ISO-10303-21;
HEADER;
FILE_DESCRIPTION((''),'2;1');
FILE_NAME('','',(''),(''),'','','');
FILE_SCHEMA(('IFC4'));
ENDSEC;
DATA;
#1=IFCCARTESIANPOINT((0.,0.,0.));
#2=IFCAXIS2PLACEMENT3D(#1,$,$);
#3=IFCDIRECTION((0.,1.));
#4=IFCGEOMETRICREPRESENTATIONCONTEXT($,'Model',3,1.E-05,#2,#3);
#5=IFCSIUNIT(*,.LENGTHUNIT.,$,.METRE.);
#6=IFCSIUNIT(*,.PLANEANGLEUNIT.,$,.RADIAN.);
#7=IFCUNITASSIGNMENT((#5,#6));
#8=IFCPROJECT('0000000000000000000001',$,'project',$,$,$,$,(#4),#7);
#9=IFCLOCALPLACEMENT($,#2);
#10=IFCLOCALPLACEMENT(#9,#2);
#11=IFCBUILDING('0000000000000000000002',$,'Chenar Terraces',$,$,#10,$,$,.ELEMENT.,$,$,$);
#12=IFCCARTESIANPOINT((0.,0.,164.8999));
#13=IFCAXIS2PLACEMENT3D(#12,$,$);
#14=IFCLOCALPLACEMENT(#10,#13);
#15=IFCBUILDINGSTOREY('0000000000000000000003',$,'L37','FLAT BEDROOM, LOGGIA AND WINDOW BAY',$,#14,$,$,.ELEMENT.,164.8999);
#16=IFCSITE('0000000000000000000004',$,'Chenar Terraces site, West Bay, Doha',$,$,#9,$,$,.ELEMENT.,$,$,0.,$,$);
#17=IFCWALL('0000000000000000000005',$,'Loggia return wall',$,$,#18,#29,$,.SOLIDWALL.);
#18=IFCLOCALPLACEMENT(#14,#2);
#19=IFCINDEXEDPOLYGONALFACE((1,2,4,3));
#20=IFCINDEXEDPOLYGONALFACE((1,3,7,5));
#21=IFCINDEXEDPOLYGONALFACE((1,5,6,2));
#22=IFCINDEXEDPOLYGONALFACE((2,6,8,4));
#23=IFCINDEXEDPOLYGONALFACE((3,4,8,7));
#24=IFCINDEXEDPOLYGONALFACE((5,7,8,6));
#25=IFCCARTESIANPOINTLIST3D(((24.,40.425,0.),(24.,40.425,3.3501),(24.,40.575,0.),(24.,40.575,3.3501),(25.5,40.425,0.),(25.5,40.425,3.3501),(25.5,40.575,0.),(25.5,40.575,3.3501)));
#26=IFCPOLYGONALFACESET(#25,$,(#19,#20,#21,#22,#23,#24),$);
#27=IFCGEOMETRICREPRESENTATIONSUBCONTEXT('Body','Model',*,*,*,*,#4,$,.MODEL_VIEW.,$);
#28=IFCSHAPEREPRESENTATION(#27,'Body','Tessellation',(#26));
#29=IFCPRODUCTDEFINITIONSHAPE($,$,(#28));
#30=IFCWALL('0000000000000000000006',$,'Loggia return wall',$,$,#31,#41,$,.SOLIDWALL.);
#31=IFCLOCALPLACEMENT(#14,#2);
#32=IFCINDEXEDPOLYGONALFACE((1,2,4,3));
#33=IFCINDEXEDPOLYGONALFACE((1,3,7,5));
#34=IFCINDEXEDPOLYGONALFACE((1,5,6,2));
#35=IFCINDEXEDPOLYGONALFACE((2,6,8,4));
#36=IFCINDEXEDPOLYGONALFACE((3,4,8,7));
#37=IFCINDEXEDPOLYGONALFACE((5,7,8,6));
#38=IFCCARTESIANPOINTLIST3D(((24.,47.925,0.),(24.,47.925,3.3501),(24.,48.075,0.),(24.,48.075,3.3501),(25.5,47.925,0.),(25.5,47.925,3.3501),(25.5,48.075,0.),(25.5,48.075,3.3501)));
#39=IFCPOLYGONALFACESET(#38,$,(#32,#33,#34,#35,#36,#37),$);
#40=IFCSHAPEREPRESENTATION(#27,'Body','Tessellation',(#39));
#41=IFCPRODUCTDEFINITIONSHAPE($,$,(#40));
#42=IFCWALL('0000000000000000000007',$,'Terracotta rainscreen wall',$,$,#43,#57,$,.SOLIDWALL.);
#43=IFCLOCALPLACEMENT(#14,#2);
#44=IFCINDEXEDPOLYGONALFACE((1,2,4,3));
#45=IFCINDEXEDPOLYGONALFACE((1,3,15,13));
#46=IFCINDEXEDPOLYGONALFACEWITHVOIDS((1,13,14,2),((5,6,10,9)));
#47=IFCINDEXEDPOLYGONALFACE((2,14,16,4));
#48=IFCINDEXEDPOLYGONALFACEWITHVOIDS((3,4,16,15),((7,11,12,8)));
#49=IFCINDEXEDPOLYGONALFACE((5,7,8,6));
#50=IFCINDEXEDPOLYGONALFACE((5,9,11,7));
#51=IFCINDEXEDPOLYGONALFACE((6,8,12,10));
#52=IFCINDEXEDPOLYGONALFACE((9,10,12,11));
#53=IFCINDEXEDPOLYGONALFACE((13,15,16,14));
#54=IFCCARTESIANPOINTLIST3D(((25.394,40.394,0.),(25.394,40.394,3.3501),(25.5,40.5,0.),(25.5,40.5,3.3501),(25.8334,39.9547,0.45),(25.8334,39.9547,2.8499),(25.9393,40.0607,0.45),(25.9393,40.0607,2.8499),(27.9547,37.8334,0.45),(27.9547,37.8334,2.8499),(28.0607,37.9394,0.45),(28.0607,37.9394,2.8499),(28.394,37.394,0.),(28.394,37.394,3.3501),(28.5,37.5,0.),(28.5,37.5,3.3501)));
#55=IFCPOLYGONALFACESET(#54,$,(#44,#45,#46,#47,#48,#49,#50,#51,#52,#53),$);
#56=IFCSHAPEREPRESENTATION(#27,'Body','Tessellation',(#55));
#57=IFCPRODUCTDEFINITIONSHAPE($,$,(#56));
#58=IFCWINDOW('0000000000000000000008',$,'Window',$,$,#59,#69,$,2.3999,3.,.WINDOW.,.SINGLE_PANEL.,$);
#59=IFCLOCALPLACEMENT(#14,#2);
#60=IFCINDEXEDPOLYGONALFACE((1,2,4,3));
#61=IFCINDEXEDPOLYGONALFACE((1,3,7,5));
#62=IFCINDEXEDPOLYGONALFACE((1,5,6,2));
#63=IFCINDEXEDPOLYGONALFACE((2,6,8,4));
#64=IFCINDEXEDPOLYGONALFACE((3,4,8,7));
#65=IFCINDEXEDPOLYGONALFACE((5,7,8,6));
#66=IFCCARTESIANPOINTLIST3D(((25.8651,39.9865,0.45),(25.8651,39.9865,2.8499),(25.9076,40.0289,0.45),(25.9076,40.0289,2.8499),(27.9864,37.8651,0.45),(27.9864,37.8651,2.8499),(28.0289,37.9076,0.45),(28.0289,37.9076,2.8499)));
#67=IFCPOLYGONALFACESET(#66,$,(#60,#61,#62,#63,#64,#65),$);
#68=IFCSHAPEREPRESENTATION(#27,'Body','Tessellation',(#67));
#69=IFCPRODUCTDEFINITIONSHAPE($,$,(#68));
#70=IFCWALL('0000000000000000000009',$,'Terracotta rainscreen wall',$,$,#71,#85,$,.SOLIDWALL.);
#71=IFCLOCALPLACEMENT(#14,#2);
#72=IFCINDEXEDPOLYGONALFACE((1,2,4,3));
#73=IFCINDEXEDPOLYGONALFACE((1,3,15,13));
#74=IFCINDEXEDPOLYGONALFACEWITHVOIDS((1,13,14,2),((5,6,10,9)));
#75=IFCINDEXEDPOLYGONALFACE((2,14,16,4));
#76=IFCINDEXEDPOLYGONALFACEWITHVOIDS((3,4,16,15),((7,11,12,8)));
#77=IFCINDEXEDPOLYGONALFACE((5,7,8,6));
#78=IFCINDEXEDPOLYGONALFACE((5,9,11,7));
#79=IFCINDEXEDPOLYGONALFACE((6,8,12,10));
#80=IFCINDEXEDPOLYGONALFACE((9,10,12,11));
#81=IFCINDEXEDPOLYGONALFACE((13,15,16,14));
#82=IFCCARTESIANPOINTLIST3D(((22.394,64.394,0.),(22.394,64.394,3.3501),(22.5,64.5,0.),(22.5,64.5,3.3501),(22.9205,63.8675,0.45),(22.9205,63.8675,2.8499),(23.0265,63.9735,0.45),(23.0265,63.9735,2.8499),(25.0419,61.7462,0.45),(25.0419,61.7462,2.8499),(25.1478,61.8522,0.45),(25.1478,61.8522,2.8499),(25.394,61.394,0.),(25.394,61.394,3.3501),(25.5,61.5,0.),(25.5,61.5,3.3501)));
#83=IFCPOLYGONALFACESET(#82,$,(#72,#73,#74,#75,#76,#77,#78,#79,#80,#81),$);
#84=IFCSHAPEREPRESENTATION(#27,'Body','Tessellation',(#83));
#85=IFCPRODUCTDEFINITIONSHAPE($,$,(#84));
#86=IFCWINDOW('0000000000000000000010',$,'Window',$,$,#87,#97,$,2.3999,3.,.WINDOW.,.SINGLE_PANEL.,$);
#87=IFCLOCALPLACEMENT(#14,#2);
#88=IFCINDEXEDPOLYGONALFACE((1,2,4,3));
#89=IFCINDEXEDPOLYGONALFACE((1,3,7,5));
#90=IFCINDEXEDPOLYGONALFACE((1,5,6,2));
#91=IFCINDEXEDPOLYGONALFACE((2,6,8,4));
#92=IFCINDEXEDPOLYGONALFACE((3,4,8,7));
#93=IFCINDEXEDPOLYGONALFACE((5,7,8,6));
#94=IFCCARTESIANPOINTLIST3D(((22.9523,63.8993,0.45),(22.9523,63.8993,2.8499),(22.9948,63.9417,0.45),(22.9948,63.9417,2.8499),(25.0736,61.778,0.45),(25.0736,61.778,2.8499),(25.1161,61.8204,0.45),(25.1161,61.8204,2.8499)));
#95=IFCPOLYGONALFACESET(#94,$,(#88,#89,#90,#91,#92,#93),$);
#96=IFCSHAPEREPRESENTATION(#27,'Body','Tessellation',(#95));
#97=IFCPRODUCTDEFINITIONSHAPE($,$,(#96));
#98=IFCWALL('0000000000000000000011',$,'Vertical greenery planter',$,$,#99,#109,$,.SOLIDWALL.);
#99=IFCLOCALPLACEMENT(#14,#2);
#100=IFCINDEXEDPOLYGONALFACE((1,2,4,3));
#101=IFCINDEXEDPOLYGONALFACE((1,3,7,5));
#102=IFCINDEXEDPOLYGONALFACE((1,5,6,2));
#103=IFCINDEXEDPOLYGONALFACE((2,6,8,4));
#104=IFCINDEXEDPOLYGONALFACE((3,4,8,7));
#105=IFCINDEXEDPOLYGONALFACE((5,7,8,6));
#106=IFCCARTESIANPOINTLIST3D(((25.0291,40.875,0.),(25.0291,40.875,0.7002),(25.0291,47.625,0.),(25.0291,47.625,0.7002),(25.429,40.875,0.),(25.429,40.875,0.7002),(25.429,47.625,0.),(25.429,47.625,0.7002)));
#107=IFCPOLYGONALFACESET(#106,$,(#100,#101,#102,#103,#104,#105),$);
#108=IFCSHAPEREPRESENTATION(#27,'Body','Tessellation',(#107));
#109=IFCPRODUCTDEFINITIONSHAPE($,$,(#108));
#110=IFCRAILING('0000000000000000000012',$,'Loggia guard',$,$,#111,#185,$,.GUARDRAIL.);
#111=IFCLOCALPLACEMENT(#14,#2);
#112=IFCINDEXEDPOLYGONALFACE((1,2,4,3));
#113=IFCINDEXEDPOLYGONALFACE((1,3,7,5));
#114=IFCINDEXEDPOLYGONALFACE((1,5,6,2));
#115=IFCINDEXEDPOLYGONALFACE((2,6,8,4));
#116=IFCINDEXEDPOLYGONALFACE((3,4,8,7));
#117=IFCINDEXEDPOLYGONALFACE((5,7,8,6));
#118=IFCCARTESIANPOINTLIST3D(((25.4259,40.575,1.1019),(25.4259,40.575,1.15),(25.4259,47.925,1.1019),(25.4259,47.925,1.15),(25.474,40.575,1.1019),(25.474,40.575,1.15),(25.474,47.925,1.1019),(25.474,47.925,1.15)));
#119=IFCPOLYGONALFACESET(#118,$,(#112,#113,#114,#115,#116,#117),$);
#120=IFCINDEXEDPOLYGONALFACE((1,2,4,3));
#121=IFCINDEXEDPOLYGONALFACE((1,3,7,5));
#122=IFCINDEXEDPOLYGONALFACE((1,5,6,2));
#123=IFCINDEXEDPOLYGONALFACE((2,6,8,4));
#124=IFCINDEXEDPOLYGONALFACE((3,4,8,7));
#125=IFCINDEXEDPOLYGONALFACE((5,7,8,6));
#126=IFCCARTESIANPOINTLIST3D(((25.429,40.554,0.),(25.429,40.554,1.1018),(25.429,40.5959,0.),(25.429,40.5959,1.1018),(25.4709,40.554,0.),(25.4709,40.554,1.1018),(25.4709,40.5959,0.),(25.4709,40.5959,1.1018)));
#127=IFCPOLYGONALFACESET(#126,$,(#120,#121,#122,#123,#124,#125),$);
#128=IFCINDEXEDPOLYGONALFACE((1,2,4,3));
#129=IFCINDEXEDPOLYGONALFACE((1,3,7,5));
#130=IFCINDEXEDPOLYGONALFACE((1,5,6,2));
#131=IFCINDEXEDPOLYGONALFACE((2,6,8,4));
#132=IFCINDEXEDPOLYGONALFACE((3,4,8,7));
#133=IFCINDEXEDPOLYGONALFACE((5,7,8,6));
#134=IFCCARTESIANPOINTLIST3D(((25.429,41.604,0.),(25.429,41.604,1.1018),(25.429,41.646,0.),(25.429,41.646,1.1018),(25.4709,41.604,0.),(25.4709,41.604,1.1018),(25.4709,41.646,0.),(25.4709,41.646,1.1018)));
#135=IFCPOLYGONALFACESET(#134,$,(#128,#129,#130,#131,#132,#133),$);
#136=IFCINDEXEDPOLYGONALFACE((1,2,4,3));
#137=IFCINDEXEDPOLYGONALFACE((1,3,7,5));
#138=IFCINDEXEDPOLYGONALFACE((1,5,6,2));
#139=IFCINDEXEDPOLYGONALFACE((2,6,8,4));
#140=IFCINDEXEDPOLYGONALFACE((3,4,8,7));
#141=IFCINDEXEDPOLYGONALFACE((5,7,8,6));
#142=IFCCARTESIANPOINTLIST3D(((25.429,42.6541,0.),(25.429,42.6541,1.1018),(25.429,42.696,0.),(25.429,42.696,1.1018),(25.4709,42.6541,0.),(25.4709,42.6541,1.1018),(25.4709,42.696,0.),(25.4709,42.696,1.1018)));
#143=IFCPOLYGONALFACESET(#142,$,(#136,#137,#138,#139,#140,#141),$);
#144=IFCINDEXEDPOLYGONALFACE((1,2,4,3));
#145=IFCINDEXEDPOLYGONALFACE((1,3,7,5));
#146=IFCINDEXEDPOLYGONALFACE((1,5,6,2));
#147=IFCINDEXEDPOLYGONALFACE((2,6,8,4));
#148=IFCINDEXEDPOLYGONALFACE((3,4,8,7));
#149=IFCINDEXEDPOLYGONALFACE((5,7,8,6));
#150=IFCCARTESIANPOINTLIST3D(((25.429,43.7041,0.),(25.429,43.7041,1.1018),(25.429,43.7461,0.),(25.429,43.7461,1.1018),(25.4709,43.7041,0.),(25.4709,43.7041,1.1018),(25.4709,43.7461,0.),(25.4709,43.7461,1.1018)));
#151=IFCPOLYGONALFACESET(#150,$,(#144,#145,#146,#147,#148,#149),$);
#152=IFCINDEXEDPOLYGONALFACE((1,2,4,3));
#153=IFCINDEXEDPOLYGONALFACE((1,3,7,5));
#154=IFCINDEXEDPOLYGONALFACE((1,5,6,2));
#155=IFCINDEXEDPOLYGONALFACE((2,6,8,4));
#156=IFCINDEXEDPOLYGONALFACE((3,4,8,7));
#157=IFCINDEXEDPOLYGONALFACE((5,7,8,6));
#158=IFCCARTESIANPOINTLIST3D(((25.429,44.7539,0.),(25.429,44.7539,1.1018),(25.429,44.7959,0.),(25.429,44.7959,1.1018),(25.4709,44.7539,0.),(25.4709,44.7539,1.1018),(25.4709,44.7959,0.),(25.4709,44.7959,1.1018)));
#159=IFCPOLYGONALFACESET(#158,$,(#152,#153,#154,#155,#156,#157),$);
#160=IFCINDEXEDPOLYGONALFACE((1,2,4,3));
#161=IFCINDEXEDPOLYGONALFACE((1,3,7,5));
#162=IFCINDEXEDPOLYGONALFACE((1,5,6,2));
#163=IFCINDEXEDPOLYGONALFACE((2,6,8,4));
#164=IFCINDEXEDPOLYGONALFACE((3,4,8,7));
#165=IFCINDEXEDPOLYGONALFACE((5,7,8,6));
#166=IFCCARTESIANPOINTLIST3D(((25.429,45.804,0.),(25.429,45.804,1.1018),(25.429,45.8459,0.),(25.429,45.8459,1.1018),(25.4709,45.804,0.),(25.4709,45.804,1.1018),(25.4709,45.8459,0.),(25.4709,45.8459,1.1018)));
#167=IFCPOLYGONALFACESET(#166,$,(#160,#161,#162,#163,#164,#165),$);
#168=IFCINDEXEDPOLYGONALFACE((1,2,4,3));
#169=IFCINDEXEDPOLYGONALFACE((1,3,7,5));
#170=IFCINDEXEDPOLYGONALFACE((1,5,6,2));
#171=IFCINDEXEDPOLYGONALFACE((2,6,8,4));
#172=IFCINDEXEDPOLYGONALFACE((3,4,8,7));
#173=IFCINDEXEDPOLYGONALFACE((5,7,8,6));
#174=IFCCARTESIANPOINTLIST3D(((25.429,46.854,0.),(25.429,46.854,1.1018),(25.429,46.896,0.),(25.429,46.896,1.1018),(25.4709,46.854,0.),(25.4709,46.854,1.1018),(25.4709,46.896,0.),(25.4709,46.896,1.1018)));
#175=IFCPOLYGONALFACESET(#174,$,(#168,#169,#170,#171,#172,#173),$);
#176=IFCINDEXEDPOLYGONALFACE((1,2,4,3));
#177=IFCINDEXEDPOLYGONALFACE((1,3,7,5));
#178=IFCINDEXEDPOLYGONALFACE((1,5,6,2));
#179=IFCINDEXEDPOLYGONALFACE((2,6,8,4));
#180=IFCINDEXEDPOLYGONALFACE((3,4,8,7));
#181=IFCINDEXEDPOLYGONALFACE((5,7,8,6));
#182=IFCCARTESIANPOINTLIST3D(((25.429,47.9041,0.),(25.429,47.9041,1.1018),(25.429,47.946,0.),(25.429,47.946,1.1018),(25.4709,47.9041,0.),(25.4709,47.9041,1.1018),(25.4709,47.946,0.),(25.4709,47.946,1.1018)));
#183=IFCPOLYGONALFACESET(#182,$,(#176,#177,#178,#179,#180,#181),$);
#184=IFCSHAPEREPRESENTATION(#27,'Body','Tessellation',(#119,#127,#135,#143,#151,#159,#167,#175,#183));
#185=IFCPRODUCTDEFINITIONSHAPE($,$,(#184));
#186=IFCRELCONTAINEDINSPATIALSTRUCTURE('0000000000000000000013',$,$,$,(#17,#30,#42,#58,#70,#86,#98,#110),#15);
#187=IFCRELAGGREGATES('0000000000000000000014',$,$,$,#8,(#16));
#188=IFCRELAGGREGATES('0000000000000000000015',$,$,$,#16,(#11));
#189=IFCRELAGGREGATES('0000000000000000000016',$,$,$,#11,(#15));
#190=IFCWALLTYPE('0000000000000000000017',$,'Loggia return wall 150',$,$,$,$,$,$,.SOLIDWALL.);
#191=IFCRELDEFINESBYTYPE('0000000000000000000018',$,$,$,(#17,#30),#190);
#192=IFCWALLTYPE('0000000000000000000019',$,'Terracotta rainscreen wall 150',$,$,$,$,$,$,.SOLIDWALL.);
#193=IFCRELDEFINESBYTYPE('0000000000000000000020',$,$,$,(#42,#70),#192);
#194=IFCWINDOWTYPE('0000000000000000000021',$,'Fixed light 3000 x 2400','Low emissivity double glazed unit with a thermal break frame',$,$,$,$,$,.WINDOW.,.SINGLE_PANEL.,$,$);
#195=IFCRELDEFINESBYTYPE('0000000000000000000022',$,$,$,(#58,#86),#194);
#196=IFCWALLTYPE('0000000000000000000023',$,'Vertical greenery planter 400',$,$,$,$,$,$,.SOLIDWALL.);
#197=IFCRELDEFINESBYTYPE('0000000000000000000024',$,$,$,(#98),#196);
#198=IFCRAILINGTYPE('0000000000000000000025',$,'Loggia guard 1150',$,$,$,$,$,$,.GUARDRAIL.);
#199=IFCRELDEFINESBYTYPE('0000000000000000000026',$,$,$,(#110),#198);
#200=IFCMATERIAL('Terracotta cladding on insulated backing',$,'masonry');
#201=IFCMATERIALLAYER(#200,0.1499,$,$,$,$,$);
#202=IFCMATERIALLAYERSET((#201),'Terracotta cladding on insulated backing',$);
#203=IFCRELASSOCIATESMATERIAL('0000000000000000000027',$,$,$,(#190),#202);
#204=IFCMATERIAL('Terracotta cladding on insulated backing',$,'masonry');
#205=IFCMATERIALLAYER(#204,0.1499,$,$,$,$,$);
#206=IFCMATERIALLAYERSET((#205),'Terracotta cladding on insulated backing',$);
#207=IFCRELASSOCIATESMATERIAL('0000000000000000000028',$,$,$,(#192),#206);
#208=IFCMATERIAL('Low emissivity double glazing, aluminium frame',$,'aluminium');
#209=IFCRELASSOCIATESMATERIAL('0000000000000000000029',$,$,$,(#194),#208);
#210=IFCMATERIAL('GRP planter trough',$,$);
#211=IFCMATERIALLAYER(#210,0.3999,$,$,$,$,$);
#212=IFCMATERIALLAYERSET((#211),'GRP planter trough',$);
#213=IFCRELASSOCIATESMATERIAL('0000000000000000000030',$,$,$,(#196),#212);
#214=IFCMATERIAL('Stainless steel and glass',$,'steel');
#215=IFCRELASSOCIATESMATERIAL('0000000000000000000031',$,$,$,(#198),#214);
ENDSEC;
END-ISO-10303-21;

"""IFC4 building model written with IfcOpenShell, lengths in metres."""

from ifc_helpers import new_model, si_unit, direction, frame, frame_2d, origin, origin_2d, place, context, subcontext, project, spatial, rectangle, extrude, material, layer, layer_set, type_object, element, fill, save


model = new_model("IFC4")

# Units and contexts
model_context = context("Model", 3, precision=1e-05, world=origin(), true_north=direction((0.0, 1.0)))
body_context = subcontext(model_context, "Body", "Model", "MODEL_VIEW")
ifc_project = project(units=[si_unit("LENGTHUNIT", "METRE"), si_unit("PLANEANGLEUNIT", "RADIAN")], contexts=[model_context])

# Site, building, storey
site_placement = place(None, origin())
site = spatial("IfcSite", under=ifc_project, at=site_placement, Name="Chenar Terraces site, West Bay, Doha", CompositionType="ELEMENT", RefElevation=0.0)
building_placement = place(site_placement, origin())
building = spatial("IfcBuilding", under=site, at=building_placement, Name="Chenar Terraces", CompositionType="ELEMENT")
storey_placement = place(building_placement, frame((0.0, 0.0, 164.8999)))
storey = spatial("IfcBuildingStorey", under=building, at=storey_placement, Name="L37", Description="FLAT BEDROOM, LOGGIA AND WINDOW BAY", CompositionType="ELEMENT", Elevation=164.8999)

# Walls
ifc_material_1 = material(Name="Terracotta cladding on insulated backing", Category="masonry")
ifc_layer_1 = layer(ifc_material_1, 0.1499)
ifc_layer_set_1 = layer_set([ifc_layer_1], Name="Terracotta cladding on insulated backing")
wall_type_1 = type_object("IfcWallType", Name="Loggia return wall 150", PredefinedType="SOLIDWALL", material=ifc_layer_set_1)
for number, where, z_axis, x_axis, name in (
    (1, (25.5, 40.5, 0.0), (0.0, 0.0, 1.0), (-1.0, 0.0, 0.0), "Loggia return wall"),
    (2, (25.5, 48.0, 0.0), (0.0, 0.0, 1.0), (-1.0, 0.0, 0.0), "Loggia return wall"),
):
    element("IfcWall", number, at=place(storey_placement, frame(where, z_axis=z_axis, x_axis=x_axis)), inside=storey, type_object=wall_type_1, Name=name, PredefinedType="SOLIDWALL", context=body_context, shape_type="SweptSolid", body=[
        extrude(rectangle(XDim=1.5, YDim=0.1499, at=frame_2d((0.75, 0.0))), origin(), (0.0, 0.0, 1.0), 3.3501),
    ])

# Walls, openings, windows
ifc_material_2 = material(Name="Terracotta cladding on insulated backing", Category="masonry")
ifc_layer_2 = layer(ifc_material_2, 0.1499)
ifc_layer_set_2 = layer_set([ifc_layer_2], Name="Terracotta cladding on insulated backing")
wall_type_2 = type_object("IfcWallType", Name="Terracotta rainscreen wall 150", PredefinedType="SOLIDWALL", material=ifc_layer_set_2)
wall_1_placement = place(storey_placement, frame((28.447, 37.447, 0.0), z_axis=(0.0, 0.0, 1.0), x_axis=(-0.707107, 0.707107, 0.0)))
wall_1 = element("IfcWall", 3, at=wall_1_placement, inside=storey, type_object=wall_type_2, Name="Terracotta rainscreen wall", PredefinedType="SOLIDWALL", context=body_context, shape_type="SweptSolid", body=[
    extrude(rectangle(XDim=4.2427, YDim=0.1499, at=frame_2d((2.1213, 0.0))), origin(), (0.0, 0.0, 1.0), 3.3501),
])
opening_1_placement = place(wall_1_placement, frame((0.6213, 0.0, 0.45)))
opening_1 = element("IfcOpeningElement", 4, at=opening_1_placement, cuts=wall_1, PredefinedType="OPENING", context=body_context, shape_type="SweptSolid", body=[
    extrude(rectangle(XDim=3.0, YDim=2.3999, at=frame_2d((1.5, 1.2))), frame((0.0, 0.085, 0.0), z_axis=(0.0, -1.0, 0.0), x_axis=(1.0, 0.0, 0.0)), (0.0, 0.0, 1.0), 0.1699),
])
ifc_material_3 = material(Name="Low emissivity double glazing, aluminium frame", Category="aluminium")
window_type_1 = type_object("IfcWindowType", Name="Fixed light 3000 x 2400", Description="Low emissivity double glazed unit with a thermal break frame", PartitioningType="SINGLE_PANEL", PredefinedType="WINDOW", material=ifc_material_3)
window_1_placement = place(opening_1_placement, origin())
window_1 = element("IfcWindow", 5, at=window_1_placement, inside=storey, type_object=window_type_1, Name="Window", OverallHeight=2.3999, OverallWidth=3.0, PartitioningType="SINGLE_PANEL", PredefinedType="WINDOW", context=body_context, shape_type="SweptSolid", body=[
    extrude(rectangle(XDim=3.0, YDim=2.3999, at=frame_2d((1.5, 1.2))), frame((0.0, 0.03, 0.0), z_axis=(0.0, -1.0, 0.0), x_axis=(1.0, 0.0, 0.0)), (0.0, 0.0, 1.0), 0.0601),
])
fill(opening_1, window_1)
wall_2_placement = place(storey_placement, frame((25.447, 61.447, 0.0), z_axis=(0.0, 0.0, 1.0), x_axis=(-0.707107, 0.707107, 0.0)))
wall_2 = element("IfcWall", 6, at=wall_2_placement, inside=storey, type_object=wall_type_2, Name="Terracotta rainscreen wall", PredefinedType="SOLIDWALL", context=body_context, shape_type="SweptSolid", body=[
    extrude(rectangle(XDim=4.2427, YDim=0.1499, at=frame_2d((2.1213, 0.0))), origin(), (0.0, 0.0, 1.0), 3.3501),
])
opening_2_placement = place(wall_2_placement, frame((0.498, 0.0, 0.45)))
opening_2 = element("IfcOpeningElement", 7, at=opening_2_placement, cuts=wall_2, PredefinedType="OPENING", context=body_context, shape_type="SweptSolid", body=[
    extrude(rectangle(XDim=3.0, YDim=2.3999, at=frame_2d((1.5, 1.2))), frame((0.0, 0.085, 0.0), z_axis=(0.0, -1.0, 0.0), x_axis=(1.0, 0.0, 0.0)), (0.0, 0.0, 1.0), 0.1699),
])
window_2_placement = place(opening_2_placement, origin())
window_2 = element("IfcWindow", 8, at=window_2_placement, inside=storey, type_object=window_type_1, Name="Window", OverallHeight=2.3999, OverallWidth=3.0, PartitioningType="SINGLE_PANEL", PredefinedType="WINDOW", context=body_context, shape_type="SweptSolid", body=[
    extrude(rectangle(XDim=3.0, YDim=2.3999, at=frame_2d((1.5, 1.2))), frame((0.0, 0.03, 0.0), z_axis=(0.0, -1.0, 0.0), x_axis=(1.0, 0.0, 0.0)), (0.0, 0.0, 1.0), 0.0601),
])
fill(opening_2, window_2)

# Wall
ifc_material_4 = material(Name="GRP planter trough")
ifc_layer_3 = layer(ifc_material_4, 0.3999)
ifc_layer_set_3 = layer_set([ifc_layer_3], Name="GRP planter trough")
wall_type_3 = type_object("IfcWallType", Name="Vertical greenery planter 400", PredefinedType="SOLIDWALL", material=ifc_layer_set_3)
wall_3_placement = place(storey_placement, frame((25.229, 40.875, 0.0), z_axis=(0.0, 0.0, 1.0), x_axis=(0.0, 1.0, 0.0)))
element("IfcWall", 9, at=wall_3_placement, inside=storey, type_object=wall_type_3, Name="Vertical greenery planter", PredefinedType="SOLIDWALL", context=body_context, shape_type="SweptSolid", body=[
    extrude(rectangle(XDim=6.75, YDim=0.3999, at=frame_2d((3.375, 0.0))), origin(), (0.0, 0.0, 1.0), 0.7002),
])

# Railing
ifc_material_5 = material(Name="Stainless steel and glass", Category="steel")
railing_type = type_object("IfcRailingType", Name="Loggia guard 1150", PredefinedType="GUARDRAIL", material=ifc_material_5)
railing_placement = place(storey_placement, frame((25.45, 40.575, 0.0)))
element("IfcRailing", 10, at=railing_placement, inside=storey, type_object=railing_type, Name="Loggia guard", PredefinedType="GUARDRAIL", context=body_context, shape_type="SweptSolid", body=[
    extrude(rectangle(XDim=0.0481, YDim=0.0481, at=origin_2d()), frame((0.0, 0.0, 1.126), z_axis=(0.0, 1.0, 0.0), x_axis=(-1.0, 0.0, 0.0)), (0.0, 0.0, 1.0), 7.3501),
    extrude(rectangle(XDim=0.042, YDim=0.042, at=origin_2d()), origin(), (0.0, 0.0, 1.0), 1.1018),
    extrude(rectangle(XDim=0.042, YDim=0.042, at=origin_2d()), frame((0.0, 1.05, 0.0)), (0.0, 0.0, 1.0), 1.1018),
    extrude(rectangle(XDim=0.042, YDim=0.042, at=origin_2d()), frame((0.0, 2.1001, 0.0)), (0.0, 0.0, 1.0), 1.1018),
    extrude(rectangle(XDim=0.042, YDim=0.042, at=origin_2d()), frame((0.0, 3.1501, 0.0)), (0.0, 0.0, 1.0), 1.1018),
    extrude(rectangle(XDim=0.042, YDim=0.042, at=origin_2d()), frame((0.0, 4.2, 0.0)), (0.0, 0.0, 1.0), 1.1018),
    extrude(rectangle(XDim=0.042, YDim=0.042, at=origin_2d()), frame((0.0, 5.25, 0.0)), (0.0, 0.0, 1.0), 1.1018),
    extrude(rectangle(XDim=0.042, YDim=0.042, at=origin_2d()), frame((0.0, 6.3, 0.0)), (0.0, 0.0, 1.0), 1.1018),
    extrude(rectangle(XDim=0.042, YDim=0.042, at=origin_2d()), frame((0.0, 7.3501, 0.0)), (0.0, 0.0, 1.0), 1.1018),
])

save(model, "model.ifc")
